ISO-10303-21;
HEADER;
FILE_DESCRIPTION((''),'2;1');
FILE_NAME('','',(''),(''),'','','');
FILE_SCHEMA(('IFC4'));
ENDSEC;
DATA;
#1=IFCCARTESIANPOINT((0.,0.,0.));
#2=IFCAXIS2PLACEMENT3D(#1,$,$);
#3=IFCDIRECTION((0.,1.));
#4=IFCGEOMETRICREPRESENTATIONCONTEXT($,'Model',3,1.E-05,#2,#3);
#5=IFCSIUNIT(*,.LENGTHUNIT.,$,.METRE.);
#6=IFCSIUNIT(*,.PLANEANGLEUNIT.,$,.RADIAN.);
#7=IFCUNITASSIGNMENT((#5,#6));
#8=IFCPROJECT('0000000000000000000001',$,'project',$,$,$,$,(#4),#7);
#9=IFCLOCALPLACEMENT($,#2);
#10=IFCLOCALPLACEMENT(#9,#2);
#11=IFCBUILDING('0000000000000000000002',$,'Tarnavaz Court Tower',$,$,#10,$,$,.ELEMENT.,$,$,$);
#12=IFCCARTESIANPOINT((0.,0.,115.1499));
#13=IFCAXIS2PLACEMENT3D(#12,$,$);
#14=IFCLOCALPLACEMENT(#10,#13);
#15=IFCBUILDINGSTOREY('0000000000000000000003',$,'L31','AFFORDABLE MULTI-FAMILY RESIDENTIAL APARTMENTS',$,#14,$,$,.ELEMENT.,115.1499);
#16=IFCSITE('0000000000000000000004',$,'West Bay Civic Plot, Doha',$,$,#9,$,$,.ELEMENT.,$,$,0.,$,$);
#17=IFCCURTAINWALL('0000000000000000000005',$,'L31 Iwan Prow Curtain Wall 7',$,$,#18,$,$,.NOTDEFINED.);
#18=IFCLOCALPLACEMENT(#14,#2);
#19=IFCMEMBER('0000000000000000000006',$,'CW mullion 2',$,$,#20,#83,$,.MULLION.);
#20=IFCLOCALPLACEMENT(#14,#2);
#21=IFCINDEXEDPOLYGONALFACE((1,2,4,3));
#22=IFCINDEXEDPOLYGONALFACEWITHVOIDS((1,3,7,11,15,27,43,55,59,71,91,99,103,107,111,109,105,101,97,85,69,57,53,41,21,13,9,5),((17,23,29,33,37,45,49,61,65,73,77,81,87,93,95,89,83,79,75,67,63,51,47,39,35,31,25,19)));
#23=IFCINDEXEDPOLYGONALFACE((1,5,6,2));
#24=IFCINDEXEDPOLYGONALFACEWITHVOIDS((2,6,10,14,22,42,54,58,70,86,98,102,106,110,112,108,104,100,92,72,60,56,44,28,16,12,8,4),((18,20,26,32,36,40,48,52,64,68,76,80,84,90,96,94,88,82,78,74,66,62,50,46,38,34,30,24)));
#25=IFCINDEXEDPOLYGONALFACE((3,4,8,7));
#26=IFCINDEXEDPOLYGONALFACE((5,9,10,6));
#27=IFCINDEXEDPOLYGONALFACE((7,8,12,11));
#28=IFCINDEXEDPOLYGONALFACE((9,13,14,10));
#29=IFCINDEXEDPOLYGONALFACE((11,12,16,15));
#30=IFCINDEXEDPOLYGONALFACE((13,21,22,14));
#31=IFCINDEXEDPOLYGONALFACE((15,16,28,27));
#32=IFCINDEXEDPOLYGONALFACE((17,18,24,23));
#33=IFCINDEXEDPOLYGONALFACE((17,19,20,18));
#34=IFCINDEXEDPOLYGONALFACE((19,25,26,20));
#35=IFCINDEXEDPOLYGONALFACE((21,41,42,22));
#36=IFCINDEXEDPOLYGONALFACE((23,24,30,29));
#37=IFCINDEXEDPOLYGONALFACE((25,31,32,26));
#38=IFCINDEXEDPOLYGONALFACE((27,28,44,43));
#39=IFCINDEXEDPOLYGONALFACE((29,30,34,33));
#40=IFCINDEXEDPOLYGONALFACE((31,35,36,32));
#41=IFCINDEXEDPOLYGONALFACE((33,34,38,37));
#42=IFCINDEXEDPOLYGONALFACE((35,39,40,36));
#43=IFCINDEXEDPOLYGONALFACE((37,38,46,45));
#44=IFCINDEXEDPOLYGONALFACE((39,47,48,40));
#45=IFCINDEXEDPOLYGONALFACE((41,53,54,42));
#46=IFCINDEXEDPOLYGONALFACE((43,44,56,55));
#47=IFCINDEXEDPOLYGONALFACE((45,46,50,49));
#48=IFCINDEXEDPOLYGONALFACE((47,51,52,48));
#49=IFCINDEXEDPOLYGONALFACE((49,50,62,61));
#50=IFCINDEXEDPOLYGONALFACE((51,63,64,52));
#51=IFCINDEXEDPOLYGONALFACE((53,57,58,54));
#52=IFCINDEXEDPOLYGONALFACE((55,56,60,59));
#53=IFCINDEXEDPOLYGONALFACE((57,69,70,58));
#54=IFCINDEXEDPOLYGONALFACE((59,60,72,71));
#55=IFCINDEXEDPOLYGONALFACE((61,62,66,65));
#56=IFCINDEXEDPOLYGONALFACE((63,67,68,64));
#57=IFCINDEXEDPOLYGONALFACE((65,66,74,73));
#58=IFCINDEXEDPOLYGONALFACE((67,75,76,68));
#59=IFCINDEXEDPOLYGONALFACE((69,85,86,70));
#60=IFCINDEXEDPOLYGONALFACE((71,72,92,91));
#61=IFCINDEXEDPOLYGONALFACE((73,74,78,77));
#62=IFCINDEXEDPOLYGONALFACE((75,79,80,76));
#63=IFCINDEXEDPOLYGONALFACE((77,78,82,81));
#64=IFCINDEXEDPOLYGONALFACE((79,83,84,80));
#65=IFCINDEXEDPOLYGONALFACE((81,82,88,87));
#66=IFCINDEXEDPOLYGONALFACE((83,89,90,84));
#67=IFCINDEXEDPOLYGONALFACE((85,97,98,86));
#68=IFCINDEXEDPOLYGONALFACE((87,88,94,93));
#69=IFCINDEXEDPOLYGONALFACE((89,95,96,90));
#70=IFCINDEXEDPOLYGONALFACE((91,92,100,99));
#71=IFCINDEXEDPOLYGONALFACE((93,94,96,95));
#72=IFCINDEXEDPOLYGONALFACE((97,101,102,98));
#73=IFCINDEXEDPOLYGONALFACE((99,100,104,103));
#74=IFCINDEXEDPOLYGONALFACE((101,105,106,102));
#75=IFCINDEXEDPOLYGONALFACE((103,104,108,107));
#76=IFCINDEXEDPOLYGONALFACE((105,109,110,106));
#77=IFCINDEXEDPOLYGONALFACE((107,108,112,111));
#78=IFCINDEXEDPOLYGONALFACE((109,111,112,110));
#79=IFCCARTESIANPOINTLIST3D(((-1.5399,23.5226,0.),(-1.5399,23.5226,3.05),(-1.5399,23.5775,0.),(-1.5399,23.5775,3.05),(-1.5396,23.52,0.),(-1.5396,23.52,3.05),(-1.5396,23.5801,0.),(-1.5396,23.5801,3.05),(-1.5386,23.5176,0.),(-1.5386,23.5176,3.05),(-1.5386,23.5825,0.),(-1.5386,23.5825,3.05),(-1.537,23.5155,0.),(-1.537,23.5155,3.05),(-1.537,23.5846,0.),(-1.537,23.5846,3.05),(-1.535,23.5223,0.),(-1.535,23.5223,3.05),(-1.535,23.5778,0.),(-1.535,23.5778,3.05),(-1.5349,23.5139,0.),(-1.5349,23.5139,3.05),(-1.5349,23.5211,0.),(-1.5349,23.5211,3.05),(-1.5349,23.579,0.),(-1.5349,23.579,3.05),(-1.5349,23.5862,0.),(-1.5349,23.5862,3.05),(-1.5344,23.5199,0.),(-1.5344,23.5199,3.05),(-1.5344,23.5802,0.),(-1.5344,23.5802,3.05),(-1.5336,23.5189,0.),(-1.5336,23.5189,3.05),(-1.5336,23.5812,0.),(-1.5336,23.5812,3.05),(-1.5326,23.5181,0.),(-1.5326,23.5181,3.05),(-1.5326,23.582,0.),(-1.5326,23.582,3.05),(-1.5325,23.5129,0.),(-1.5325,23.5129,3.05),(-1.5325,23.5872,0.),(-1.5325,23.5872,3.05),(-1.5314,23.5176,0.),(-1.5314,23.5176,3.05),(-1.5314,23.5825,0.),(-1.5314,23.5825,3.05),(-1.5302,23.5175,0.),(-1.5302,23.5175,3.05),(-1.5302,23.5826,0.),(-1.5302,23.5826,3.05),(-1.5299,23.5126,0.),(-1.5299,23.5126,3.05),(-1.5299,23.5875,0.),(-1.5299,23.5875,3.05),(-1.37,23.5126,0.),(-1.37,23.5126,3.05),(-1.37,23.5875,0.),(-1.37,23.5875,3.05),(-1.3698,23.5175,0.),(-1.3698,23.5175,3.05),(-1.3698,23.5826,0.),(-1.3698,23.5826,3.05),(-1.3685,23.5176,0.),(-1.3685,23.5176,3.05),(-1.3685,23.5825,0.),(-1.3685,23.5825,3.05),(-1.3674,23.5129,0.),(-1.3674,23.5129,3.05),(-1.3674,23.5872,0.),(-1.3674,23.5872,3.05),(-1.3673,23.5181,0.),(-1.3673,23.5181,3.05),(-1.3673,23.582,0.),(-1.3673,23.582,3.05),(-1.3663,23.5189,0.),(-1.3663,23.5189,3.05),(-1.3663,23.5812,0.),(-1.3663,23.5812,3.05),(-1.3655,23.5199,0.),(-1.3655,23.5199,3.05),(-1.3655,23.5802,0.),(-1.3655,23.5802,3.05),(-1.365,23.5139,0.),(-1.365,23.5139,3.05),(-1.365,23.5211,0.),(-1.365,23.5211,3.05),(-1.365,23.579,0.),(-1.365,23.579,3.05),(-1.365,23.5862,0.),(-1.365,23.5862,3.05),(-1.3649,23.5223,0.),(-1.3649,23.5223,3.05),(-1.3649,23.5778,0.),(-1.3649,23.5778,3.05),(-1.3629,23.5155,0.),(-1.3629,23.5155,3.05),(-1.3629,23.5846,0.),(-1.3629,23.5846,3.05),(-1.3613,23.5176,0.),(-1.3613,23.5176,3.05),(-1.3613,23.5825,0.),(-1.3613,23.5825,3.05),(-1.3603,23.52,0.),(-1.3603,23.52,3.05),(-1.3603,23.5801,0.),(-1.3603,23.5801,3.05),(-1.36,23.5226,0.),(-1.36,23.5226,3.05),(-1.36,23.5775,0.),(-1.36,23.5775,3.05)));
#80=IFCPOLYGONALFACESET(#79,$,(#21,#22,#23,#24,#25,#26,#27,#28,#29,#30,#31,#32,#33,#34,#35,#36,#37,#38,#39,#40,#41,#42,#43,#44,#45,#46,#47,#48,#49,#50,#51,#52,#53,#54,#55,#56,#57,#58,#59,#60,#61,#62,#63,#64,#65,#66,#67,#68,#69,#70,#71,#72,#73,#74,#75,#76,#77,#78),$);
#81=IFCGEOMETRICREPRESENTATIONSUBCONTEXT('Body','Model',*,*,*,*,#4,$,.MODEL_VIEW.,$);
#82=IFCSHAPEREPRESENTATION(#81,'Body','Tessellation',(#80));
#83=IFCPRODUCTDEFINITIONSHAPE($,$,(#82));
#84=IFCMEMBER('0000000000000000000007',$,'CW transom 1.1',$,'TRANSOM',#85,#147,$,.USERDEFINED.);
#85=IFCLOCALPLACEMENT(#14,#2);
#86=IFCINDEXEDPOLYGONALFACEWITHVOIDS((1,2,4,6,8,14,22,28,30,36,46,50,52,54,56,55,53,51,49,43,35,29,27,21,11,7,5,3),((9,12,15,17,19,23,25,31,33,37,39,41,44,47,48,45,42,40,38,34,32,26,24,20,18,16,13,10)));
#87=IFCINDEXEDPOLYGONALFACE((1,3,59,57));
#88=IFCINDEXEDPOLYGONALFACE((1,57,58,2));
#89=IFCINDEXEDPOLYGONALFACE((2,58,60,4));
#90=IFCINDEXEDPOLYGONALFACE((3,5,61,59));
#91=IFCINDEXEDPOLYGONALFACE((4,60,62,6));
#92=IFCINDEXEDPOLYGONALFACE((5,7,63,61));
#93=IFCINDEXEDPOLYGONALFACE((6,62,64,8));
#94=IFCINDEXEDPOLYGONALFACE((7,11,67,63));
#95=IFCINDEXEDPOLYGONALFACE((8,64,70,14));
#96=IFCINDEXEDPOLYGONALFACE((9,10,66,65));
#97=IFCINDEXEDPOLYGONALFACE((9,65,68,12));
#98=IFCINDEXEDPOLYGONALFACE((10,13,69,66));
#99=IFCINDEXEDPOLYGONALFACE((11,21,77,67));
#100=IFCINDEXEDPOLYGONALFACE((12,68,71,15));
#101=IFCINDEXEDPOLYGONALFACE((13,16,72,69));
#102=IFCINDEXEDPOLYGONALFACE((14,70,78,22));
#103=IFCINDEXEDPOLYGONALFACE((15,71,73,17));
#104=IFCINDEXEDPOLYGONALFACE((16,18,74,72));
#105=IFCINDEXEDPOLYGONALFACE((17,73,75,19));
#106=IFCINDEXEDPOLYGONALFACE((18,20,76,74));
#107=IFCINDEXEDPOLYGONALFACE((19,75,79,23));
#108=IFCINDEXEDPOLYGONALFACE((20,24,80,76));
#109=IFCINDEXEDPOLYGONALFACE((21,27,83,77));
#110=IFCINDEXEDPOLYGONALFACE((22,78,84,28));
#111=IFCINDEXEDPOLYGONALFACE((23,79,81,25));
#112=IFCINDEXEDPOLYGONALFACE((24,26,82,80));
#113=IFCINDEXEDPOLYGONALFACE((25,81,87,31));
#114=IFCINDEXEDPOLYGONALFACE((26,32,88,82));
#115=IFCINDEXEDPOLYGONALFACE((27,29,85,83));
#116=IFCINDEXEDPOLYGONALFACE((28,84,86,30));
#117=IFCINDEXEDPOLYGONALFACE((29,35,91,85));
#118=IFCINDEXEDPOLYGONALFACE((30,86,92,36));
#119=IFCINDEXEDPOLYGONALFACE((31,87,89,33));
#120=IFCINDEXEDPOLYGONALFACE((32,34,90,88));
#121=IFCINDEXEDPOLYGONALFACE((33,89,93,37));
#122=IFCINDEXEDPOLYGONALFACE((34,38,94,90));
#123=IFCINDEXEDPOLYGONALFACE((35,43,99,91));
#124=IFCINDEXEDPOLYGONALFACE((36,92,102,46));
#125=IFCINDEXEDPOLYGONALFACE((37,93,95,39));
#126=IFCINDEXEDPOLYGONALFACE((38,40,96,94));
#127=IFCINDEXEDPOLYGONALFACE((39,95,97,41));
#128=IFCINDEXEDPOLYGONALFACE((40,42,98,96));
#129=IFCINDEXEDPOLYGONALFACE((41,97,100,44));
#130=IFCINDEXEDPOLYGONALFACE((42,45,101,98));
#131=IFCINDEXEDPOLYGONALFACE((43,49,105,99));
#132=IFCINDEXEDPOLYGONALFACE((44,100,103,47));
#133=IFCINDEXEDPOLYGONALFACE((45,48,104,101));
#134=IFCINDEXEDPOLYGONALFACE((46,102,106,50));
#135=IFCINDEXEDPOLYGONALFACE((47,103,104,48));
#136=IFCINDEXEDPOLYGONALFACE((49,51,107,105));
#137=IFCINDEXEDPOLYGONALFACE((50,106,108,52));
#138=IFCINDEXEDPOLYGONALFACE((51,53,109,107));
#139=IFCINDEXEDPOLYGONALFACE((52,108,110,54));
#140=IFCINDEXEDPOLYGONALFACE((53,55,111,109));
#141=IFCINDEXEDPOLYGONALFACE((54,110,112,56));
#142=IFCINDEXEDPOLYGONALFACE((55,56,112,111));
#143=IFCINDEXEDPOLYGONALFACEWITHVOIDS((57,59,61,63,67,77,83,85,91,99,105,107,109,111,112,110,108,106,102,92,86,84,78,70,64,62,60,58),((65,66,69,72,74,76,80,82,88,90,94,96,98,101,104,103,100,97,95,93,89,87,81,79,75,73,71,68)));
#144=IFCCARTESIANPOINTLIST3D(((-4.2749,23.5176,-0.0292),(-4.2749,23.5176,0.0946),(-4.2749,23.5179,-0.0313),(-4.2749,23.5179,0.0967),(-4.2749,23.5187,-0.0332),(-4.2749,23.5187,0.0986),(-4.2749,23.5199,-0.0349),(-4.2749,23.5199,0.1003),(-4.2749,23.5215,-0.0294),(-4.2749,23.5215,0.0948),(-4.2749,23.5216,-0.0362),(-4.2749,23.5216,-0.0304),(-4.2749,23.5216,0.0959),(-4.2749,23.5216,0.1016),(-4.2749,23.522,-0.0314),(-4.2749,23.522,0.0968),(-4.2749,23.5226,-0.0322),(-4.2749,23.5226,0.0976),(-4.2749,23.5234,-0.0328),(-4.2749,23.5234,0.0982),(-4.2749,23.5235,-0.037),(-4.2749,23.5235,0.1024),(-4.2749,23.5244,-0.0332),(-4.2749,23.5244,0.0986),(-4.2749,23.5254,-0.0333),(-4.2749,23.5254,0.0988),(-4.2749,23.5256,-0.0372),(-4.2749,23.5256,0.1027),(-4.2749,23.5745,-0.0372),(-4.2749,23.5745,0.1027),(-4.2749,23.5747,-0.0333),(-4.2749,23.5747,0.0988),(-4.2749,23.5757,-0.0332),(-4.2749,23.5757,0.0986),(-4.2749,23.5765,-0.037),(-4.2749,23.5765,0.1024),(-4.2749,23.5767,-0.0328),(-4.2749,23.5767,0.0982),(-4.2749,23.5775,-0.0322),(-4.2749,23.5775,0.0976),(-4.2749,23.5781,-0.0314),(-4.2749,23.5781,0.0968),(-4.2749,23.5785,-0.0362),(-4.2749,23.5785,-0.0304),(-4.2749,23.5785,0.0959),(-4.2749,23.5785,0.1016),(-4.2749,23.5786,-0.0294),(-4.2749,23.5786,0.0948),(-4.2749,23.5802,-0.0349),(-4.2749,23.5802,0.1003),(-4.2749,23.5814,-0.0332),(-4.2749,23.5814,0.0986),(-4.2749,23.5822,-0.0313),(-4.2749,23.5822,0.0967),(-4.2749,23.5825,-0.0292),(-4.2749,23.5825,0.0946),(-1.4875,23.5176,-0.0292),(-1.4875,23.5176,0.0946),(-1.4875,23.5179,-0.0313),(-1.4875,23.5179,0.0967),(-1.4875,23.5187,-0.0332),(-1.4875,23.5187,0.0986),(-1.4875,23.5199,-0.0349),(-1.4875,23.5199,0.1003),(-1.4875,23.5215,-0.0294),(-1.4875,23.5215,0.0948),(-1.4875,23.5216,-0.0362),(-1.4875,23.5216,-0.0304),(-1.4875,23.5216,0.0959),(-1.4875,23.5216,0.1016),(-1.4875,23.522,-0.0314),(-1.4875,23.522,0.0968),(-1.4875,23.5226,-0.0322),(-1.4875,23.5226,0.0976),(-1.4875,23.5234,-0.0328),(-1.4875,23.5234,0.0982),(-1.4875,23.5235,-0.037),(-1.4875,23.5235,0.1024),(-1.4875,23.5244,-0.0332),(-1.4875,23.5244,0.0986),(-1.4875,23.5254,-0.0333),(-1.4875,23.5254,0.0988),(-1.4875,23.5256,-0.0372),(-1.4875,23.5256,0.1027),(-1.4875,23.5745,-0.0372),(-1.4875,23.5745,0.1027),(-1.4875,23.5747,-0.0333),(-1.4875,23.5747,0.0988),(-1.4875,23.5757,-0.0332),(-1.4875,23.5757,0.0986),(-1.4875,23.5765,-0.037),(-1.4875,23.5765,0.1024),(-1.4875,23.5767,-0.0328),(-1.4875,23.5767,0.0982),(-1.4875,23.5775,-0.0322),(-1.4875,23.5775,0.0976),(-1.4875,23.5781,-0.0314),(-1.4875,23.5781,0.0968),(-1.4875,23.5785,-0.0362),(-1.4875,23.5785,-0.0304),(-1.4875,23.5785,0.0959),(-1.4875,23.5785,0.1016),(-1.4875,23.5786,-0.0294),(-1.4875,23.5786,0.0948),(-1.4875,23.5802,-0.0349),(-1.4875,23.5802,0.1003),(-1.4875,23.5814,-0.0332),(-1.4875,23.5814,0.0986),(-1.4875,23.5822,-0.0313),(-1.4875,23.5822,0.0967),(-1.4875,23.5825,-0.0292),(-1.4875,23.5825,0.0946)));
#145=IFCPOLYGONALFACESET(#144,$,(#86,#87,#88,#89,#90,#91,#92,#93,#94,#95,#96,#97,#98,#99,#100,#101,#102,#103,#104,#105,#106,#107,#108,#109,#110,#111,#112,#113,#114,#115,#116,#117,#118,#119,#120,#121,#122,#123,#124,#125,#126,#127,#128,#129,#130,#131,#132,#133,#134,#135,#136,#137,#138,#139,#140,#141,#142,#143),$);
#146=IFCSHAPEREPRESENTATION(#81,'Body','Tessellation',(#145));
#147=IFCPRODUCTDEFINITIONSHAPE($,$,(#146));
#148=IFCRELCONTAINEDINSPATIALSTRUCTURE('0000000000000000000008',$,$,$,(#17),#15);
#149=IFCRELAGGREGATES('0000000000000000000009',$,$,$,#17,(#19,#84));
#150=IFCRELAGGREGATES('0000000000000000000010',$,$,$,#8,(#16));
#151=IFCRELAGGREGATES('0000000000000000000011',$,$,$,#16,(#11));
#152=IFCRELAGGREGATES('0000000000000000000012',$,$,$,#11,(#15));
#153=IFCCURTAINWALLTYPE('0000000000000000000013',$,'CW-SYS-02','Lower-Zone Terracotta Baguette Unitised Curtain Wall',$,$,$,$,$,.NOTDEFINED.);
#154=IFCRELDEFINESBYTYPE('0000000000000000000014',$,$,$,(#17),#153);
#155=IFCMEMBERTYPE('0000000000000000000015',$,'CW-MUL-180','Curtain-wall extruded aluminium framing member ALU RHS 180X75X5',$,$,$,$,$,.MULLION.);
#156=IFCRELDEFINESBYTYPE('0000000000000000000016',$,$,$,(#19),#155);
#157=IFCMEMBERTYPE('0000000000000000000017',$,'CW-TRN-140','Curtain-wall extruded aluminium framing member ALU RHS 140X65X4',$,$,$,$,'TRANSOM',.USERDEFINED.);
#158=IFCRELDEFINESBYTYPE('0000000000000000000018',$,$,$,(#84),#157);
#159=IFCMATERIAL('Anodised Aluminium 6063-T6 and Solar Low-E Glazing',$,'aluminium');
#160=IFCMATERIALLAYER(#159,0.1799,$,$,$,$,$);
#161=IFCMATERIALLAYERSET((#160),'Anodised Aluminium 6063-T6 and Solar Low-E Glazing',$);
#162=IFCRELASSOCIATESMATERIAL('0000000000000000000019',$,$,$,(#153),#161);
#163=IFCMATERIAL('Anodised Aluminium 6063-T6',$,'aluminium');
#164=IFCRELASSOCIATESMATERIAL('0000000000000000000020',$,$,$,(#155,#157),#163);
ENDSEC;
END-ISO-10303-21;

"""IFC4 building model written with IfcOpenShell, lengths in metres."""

from ifc_helpers import new_model, si_unit, direction, frame, origin, origin_2d, place, context, subcontext, project, spatial, hollow_rectangle, extrude, material, layer, layer_set, material_profile, profile_set, type_object, element, aggregate, save


model = new_model("IFC4")

# Units and contexts
model_context = context("Model", 3, precision=1e-05, world=origin(), true_north=direction((0.0, 1.0)))
body_context = subcontext(model_context, "Body", "Model", "MODEL_VIEW")
ifc_project = project(units=[si_unit("LENGTHUNIT", "METRE"), si_unit("PLANEANGLEUNIT", "RADIAN")], contexts=[model_context])

# Site, building, storey
site_placement = place(None, origin())
site = spatial("IfcSite", under=ifc_project, at=site_placement, Name="West Bay Civic Plot, Doha", CompositionType="ELEMENT", RefElevation=0.0)
building_placement = place(site_placement, origin())
building = spatial("IfcBuilding", under=site, at=building_placement, Name="Tarnavaz Court Tower", CompositionType="ELEMENT")
storey_placement = place(building_placement, frame((0.0, 0.0, 115.1499)))
storey = spatial("IfcBuildingStorey", under=building, at=storey_placement, Name="L31", Description="AFFORDABLE MULTI-FAMILY RESIDENTIAL APARTMENTS", CompositionType="ELEMENT", Elevation=115.1499)

# Curtain wall, members
ifc_material_1 = material(Name="Anodised Aluminium 6063-T6 and Solar Low-E Glazing", Category="aluminium")
ifc_layer_1 = layer(ifc_material_1, 0.1799)
ifc_layer_set_1 = layer_set([ifc_layer_1], Name="Anodised Aluminium 6063-T6 and Solar Low-E Glazing")
curtain_wall_type = type_object("IfcCurtainWallType", Name="CW-SYS-02", Description="Lower-Zone Terracotta Baguette Unitised Curtain Wall", PredefinedType="NOTDEFINED", material=ifc_layer_set_1)
curtain_wall_placement = place(storey_placement, origin())
curtain_wall = element("IfcCurtainWall", 1, at=curtain_wall_placement, inside=storey, type_object=curtain_wall_type, Name="L31 Iwan Prow Curtain Wall 7", PredefinedType="NOTDEFINED")
ifc_material_2 = material(Name="Anodised Aluminium 6063-T6", Category="aluminium")
ifc_material_profile_1 = material_profile(ifc_material_2, hollow_rectangle(XDim=0.075, YDim=0.1799, WallThickness=0.0049, InnerFilletRadius=0.0049, OuterFilletRadius=0.01, at=origin_2d()), Name="ALU RHS 180X75X5")
ifc_profile_set_1 = profile_set([ifc_material_profile_1], Name="Anodised Aluminium 6063-T6")
member_type_1 = type_object("IfcMemberType", Name="CW-MUL-180", Description="Curtain-wall extruded aluminium framing member ALU RHS 180X75X5", PredefinedType="MULLION", material=ifc_profile_set_1)
member_1_placement = place(storey_placement, frame((-1.45, 23.55, 0.0), z_axis=(0.0, 0.0, 1.0), x_axis=(0.0, 1.0, 0.0)))
member_1 = element("IfcMember", 2, at=member_1_placement, type_object=member_type_1, Name="CW mullion 2", PredefinedType="MULLION", context=body_context, shape_type="SweptSolid", body=[
    extrude(hollow_rectangle(XDim=0.075, YDim=0.1799, WallThickness=0.0049, InnerFilletRadius=0.0049, OuterFilletRadius=0.01, at=origin_2d()), origin(), (0.0, 0.0, 1.0), 3.05),
])
ifc_material_profile_2 = material_profile(ifc_material_2, hollow_rectangle(XDim=0.0649, YDim=0.1399, WallThickness=0.0039, InnerFilletRadius=0.0039, OuterFilletRadius=0.0081, at=origin_2d()), Name="ALU RHS 140X65X4")
ifc_profile_set_2 = profile_set([ifc_material_profile_2], Name="Anodised Aluminium 6063-T6")
member_type_2 = type_object("IfcMemberType", Name="CW-TRN-140", Description="Curtain-wall extruded aluminium framing member ALU RHS 140X65X4", ElementType="TRANSOM", PredefinedType="USERDEFINED", material=ifc_profile_set_2)
member_2_placement = place(storey_placement, frame((-4.2749, 23.55, 0.0327), z_axis=(1.0, 0.0, 0.0), x_axis=(0.0, 1.0, 0.0)))
member_2 = element("IfcMember", 3, at=member_2_placement, type_object=member_type_2, Name="CW transom 1.1", ObjectType="TRANSOM", PredefinedType="USERDEFINED", context=body_context, shape_type="SweptSolid", body=[
    extrude(hollow_rectangle(XDim=0.0649, YDim=0.1399, WallThickness=0.0039, InnerFilletRadius=0.0039, OuterFilletRadius=0.0081, at=origin_2d()), origin(), (0.0, 0.0, 1.0), 2.7874),
])
aggregate(curtain_wall, [member_1, member_2])

save(model, "model.ifc")
